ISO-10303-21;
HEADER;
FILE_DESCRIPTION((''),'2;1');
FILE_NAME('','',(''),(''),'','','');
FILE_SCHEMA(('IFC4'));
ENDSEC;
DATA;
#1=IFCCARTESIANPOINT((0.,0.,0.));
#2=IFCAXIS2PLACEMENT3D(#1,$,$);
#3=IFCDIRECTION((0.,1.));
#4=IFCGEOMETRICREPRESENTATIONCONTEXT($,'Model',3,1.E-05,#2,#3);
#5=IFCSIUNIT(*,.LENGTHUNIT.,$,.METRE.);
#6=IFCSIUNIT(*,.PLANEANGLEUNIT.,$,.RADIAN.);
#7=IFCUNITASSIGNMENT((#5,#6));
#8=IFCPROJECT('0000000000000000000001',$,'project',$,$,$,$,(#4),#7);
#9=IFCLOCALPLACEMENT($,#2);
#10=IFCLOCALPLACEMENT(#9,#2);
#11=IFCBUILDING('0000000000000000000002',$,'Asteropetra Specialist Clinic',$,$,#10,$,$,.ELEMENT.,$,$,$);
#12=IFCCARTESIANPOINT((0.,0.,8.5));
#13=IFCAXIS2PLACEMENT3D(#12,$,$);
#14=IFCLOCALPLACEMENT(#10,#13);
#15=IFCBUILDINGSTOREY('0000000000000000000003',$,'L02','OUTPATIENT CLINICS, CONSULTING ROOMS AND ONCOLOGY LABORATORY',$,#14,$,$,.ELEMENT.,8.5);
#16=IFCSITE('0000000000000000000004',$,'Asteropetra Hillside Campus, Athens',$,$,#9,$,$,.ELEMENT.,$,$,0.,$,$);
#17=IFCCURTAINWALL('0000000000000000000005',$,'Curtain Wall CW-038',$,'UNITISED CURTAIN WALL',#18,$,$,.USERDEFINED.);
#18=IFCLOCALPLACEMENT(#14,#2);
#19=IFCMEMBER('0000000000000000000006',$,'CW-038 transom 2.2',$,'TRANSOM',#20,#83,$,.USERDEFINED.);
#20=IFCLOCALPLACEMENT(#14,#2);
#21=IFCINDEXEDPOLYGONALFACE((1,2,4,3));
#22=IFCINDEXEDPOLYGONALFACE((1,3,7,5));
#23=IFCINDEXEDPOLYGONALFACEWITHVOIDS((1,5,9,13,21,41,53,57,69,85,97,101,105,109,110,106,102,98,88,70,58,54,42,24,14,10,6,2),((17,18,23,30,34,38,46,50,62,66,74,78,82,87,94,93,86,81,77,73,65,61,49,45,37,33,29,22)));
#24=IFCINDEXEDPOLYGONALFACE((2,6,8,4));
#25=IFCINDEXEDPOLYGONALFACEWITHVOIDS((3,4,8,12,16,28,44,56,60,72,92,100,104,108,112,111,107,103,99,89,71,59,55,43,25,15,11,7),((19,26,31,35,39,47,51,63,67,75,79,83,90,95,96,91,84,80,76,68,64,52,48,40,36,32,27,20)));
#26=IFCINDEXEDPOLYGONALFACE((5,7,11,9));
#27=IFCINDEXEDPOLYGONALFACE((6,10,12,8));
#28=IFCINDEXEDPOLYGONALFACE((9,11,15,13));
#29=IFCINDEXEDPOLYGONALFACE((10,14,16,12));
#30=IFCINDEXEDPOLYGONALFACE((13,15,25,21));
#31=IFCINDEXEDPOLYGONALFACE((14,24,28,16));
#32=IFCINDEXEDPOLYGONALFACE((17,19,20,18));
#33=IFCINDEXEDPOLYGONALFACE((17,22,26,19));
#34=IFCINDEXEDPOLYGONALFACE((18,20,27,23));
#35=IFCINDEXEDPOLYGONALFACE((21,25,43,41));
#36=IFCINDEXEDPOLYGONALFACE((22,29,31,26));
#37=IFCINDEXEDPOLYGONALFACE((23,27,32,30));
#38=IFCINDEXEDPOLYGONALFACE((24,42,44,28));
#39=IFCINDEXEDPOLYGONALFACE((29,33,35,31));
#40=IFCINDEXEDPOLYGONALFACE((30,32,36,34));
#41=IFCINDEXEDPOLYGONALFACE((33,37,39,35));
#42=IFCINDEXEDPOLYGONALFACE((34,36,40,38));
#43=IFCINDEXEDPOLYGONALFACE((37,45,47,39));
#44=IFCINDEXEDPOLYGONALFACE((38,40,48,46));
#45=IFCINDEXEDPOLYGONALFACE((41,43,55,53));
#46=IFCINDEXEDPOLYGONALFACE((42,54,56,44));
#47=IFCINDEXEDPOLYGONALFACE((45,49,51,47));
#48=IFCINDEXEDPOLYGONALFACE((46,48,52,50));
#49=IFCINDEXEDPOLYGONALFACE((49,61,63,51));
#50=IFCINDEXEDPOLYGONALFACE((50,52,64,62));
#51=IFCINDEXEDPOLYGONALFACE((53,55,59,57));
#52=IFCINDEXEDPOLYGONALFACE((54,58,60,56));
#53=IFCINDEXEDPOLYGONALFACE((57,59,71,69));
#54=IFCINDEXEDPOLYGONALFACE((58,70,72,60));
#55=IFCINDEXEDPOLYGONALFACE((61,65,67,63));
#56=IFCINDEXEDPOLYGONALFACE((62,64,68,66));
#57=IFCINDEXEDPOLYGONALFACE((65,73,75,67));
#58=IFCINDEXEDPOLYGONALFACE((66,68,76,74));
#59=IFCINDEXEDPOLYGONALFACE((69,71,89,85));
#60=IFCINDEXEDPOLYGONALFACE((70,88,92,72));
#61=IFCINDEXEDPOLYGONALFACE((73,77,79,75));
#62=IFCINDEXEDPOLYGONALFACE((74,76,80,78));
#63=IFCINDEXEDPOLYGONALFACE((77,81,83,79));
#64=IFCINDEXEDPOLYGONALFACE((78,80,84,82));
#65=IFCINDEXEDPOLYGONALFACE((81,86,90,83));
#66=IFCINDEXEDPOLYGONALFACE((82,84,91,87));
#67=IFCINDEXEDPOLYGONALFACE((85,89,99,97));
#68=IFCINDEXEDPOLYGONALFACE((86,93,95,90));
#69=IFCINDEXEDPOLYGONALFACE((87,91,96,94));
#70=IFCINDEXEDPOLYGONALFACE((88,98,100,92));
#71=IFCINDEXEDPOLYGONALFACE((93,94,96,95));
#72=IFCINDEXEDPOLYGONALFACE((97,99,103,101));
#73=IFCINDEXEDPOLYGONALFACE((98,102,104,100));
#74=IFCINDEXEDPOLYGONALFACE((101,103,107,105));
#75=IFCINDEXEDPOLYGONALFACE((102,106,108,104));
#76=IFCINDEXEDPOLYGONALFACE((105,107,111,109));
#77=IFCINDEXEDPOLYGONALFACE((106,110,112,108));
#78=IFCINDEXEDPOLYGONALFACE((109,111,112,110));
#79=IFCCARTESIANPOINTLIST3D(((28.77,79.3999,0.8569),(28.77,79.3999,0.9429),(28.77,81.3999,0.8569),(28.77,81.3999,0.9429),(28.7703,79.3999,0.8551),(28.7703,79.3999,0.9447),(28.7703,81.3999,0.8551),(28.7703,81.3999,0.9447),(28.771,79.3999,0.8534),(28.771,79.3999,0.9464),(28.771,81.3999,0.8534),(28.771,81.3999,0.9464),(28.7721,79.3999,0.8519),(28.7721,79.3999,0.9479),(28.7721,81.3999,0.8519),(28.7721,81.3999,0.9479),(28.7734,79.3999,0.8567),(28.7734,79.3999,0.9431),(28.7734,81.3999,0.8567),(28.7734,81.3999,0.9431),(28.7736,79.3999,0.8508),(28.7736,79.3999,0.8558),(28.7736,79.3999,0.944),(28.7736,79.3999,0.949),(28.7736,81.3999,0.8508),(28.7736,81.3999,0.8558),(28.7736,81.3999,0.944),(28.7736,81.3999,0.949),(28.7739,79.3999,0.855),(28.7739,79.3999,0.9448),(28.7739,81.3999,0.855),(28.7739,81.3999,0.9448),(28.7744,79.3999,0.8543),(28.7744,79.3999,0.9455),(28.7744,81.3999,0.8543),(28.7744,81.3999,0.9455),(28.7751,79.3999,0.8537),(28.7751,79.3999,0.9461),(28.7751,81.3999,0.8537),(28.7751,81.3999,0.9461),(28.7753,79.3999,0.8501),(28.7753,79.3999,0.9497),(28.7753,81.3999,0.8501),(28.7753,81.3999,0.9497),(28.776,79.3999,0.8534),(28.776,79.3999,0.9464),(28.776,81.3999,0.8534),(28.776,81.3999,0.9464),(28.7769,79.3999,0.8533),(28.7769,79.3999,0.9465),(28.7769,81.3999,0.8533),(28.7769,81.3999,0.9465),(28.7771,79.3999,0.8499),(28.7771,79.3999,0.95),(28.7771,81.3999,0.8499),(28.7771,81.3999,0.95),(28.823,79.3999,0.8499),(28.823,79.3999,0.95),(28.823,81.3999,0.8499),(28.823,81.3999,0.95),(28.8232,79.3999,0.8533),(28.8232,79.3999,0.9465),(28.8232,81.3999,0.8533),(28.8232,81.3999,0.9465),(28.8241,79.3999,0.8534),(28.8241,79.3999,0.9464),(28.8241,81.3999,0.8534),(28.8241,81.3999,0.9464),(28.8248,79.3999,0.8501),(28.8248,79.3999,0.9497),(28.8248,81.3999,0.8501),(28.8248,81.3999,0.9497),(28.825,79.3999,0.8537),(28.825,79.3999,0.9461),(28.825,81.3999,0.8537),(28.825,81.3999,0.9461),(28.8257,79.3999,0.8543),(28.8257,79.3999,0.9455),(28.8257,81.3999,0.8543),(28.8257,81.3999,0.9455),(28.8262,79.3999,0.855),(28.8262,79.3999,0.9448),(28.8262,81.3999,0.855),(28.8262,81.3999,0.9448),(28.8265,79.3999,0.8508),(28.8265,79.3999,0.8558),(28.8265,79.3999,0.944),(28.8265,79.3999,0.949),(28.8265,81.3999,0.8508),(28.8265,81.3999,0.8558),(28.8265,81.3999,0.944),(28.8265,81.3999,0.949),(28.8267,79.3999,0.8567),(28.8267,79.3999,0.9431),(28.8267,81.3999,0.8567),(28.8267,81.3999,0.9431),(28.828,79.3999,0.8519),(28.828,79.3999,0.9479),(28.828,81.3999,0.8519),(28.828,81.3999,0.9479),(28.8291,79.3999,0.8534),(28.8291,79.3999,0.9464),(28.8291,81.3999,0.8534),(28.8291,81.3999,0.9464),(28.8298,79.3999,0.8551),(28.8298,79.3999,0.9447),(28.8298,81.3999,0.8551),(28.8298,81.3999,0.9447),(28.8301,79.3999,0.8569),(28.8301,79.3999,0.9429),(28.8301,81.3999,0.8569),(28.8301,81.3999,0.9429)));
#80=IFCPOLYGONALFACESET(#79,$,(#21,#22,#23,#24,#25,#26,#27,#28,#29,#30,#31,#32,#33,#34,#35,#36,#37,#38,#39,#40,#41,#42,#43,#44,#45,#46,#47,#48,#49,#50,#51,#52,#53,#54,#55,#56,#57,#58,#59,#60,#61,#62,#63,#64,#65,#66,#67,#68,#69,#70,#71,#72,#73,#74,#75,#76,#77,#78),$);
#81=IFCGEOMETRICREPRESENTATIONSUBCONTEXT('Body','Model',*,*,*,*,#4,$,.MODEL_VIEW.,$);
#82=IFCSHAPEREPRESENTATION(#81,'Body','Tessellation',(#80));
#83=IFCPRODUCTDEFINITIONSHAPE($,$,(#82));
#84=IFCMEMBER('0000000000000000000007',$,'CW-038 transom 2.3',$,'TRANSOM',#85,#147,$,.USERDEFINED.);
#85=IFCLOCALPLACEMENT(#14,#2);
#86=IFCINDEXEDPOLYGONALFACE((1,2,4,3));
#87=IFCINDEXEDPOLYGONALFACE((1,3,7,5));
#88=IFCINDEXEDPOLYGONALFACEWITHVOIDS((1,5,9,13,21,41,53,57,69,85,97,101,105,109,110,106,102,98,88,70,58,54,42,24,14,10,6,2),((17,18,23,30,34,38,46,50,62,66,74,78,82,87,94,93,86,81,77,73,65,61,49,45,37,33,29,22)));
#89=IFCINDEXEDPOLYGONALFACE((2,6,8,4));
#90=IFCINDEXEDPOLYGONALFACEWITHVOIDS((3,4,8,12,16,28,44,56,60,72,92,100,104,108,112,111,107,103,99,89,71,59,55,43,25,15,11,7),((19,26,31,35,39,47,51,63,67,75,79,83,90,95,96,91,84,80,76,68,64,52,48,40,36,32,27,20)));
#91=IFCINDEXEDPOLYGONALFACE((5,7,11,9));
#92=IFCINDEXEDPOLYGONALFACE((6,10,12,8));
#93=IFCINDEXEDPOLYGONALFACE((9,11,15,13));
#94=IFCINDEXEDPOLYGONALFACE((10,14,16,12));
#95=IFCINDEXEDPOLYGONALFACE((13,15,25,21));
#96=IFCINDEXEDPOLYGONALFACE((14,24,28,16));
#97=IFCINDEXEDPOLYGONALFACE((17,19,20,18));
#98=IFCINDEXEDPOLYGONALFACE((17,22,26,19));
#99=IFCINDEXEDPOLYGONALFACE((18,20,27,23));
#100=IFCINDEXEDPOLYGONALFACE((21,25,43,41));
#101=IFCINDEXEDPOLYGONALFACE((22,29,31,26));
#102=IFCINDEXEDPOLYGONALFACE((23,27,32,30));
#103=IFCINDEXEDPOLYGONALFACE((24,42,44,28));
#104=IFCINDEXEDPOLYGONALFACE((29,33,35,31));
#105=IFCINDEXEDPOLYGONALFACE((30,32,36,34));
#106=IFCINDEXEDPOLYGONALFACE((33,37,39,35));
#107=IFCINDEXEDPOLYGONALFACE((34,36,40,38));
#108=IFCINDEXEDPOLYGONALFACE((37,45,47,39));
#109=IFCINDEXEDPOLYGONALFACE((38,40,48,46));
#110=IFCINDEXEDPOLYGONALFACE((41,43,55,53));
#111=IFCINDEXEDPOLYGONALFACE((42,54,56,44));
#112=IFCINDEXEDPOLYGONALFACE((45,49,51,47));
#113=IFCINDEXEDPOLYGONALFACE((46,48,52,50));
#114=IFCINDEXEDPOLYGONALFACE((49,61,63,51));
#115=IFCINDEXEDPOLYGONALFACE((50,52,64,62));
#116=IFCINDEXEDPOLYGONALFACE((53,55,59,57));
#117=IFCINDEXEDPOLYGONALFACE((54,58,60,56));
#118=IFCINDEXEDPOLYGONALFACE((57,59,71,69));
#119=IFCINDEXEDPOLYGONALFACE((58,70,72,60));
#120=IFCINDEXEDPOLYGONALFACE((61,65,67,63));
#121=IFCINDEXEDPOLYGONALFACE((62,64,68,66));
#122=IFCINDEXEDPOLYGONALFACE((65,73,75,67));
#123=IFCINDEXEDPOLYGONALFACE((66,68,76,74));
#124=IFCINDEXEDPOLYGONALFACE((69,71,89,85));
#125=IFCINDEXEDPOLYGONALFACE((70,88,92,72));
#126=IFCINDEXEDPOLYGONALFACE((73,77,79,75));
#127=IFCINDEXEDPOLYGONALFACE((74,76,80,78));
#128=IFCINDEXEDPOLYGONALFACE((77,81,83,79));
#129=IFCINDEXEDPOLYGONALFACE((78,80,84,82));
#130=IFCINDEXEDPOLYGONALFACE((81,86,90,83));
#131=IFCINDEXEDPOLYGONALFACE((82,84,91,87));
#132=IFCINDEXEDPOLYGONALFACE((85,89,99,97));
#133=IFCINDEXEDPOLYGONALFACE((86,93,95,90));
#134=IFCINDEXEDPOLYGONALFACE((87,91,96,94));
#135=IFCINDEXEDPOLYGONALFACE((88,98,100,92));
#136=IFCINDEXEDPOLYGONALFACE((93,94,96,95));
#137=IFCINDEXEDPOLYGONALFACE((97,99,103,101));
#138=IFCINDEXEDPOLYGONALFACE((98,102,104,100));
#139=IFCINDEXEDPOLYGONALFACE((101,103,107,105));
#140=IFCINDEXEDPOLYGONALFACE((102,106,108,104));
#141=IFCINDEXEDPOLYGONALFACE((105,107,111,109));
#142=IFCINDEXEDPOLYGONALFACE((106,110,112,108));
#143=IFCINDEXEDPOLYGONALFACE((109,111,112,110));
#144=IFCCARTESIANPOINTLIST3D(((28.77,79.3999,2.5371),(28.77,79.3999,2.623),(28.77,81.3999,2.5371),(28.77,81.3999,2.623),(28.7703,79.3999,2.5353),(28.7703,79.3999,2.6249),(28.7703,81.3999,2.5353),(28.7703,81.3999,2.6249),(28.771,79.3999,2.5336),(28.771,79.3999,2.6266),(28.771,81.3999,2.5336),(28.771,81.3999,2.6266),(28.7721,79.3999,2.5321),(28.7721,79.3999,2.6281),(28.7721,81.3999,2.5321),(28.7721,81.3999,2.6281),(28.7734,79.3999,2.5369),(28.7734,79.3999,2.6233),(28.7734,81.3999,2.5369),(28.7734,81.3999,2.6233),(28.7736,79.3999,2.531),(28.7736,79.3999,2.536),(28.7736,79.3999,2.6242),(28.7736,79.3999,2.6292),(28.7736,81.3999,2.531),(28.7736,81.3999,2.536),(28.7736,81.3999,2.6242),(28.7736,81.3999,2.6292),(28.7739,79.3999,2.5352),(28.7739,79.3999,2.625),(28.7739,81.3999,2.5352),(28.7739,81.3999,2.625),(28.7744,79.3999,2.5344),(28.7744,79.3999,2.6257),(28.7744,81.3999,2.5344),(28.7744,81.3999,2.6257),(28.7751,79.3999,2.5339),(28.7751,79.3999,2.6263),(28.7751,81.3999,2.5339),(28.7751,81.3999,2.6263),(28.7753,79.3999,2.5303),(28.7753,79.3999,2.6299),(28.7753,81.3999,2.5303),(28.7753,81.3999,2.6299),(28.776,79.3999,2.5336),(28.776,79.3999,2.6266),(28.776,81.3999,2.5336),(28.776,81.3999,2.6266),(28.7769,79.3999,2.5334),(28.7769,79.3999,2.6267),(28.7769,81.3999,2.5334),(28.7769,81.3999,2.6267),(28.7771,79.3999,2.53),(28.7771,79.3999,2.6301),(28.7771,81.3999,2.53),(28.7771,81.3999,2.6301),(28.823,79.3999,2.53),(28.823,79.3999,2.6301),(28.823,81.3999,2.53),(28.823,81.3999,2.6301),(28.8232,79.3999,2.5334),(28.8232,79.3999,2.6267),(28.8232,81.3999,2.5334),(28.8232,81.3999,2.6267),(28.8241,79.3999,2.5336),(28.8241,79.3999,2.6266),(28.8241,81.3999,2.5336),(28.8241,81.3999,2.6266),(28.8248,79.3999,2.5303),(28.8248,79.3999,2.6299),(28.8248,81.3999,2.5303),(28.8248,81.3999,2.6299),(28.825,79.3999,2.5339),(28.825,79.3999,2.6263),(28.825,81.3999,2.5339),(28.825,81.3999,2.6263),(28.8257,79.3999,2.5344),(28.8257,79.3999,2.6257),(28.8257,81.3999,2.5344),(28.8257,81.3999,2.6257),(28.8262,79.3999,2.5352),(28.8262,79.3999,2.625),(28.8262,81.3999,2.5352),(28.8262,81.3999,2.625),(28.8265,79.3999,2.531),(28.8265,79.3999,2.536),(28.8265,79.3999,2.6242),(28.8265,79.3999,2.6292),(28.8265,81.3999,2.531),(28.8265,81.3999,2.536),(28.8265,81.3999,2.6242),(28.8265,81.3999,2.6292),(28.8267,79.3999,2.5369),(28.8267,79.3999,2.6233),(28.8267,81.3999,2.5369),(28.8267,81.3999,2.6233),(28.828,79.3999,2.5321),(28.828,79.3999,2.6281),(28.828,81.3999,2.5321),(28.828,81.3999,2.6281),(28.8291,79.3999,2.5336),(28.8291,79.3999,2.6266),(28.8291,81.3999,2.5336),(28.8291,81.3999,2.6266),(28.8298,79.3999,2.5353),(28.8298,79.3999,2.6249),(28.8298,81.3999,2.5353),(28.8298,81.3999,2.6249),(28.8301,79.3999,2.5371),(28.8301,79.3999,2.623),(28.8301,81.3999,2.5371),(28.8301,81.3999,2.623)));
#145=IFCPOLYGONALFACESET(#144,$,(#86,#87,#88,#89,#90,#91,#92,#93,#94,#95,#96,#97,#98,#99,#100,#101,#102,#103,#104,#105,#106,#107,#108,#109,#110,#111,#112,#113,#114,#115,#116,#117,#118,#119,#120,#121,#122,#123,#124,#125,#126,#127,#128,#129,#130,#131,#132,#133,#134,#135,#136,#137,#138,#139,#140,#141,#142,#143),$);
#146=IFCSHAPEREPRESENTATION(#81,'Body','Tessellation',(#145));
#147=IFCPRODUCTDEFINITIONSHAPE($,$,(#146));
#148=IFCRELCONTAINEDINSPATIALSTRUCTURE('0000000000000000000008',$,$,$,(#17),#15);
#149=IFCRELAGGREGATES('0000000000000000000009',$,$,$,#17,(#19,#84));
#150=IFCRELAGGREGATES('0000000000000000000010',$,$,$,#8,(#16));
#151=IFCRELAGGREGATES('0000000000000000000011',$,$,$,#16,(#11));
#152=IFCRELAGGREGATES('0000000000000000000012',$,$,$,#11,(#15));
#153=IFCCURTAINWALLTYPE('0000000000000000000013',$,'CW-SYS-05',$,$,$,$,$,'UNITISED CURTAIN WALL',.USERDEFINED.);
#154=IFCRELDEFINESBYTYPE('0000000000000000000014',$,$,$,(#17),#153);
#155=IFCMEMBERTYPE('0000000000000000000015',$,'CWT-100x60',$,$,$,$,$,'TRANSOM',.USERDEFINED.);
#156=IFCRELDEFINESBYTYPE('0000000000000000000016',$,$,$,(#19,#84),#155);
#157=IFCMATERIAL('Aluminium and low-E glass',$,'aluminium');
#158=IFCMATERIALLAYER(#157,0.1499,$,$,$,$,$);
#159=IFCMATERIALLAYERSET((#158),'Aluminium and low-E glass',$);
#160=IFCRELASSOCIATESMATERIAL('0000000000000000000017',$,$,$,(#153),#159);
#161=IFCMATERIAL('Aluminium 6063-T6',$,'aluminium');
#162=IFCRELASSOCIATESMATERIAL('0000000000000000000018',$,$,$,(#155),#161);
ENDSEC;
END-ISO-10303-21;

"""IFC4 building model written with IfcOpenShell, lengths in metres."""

from ifc_helpers import new_model, si_unit, direction, frame, origin, origin_2d, place, context, subcontext, project, spatial, hollow_rectangle, extrude, material, layer, layer_set, material_profile, profile_set, type_object, element, aggregate, save


model = new_model("IFC4")

# Units and contexts
model_context = context("Model", 3, precision=1e-05, world=origin(), true_north=direction((0.0, 1.0)))
body_context = subcontext(model_context, "Body", "Model", "MODEL_VIEW")
ifc_project = project(units=[si_unit("LENGTHUNIT", "METRE"), si_unit("PLANEANGLEUNIT", "RADIAN")], contexts=[model_context])

# Site, building, storey
site_placement = place(None, origin())
site = spatial("IfcSite", under=ifc_project, at=site_placement, Name="Asteropetra Hillside Campus, Athens", CompositionType="ELEMENT", RefElevation=0.0)
building_placement = place(site_placement, origin())
building = spatial("IfcBuilding", under=site, at=building_placement, Name="Asteropetra Specialist Clinic", CompositionType="ELEMENT")
storey_placement = place(building_placement, frame((0.0, 0.0, 8.5)))
storey = spatial("IfcBuildingStorey", under=building, at=storey_placement, Name="L02", Description="OUTPATIENT CLINICS, CONSULTING ROOMS AND ONCOLOGY LABORATORY", CompositionType="ELEMENT", Elevation=8.5)

# Curtain wall
ifc_material_1 = material(Name="Aluminium and low-E glass", Category="aluminium")
ifc_layer_1 = layer(ifc_material_1, 0.1499)
ifc_layer_set_1 = layer_set([ifc_layer_1], Name="Aluminium and low-E glass")
curtain_wall_type_1 = type_object("IfcCurtainWallType", Name="CW-SYS-05", ElementType="UNITISED CURTAIN WALL", PredefinedType="USERDEFINED", material=ifc_layer_set_1)
curtain_wall_1_placement = place(storey_placement, origin())
curtain_wall_1 = element("IfcCurtainWall", 1, at=curtain_wall_1_placement, inside=storey, type_object=curtain_wall_type_1, Name="Curtain Wall CW-038", ObjectType="UNITISED CURTAIN WALL", PredefinedType="USERDEFINED")

# Members
ifc_material_2 = material(Name="Aluminium 6063-T6", Category="aluminium")
ifc_material_profile_1 = material_profile(ifc_material_2, hollow_rectangle(XDim=0.0601, YDim=0.1001, WallThickness=0.0034, InnerFilletRadius=0.0034, OuterFilletRadius=0.0071, at=origin_2d()), Name="TRN 100x60x3.5")
ifc_profile_set_1 = profile_set([ifc_material_profile_1], Name="Aluminium 6063-T6")
member_type_1 = type_object("IfcMemberType", Name="CWT-100x60", ElementType="TRANSOM", PredefinedType="USERDEFINED", material=ifc_profile_set_1)
member_1_placement = place(storey_placement, frame((28.8, 79.3999, 0.8999), z_axis=(0.0, 1.0, 0.0), x_axis=(-1.0, 0.0, 0.0)))
member_1 = element("IfcMember", 2, at=member_1_placement, type_object=member_type_1, Name="CW-038 transom 2.2", ObjectType="TRANSOM", PredefinedType="USERDEFINED", context=body_context, shape_type="SweptSolid", body=[
    extrude(hollow_rectangle(XDim=0.0601, YDim=0.1001, WallThickness=0.0034, InnerFilletRadius=0.0034, OuterFilletRadius=0.0071, at=origin_2d()), origin(), (0.0, 0.0, 1.0), 2.0),
])
member_2_placement = place(storey_placement, frame((28.8, 79.3999, 2.5801), z_axis=(0.0, 1.0, 0.0), x_axis=(-1.0, 0.0, 0.0)))
member_2 = element("IfcMember", 3, at=member_2_placement, type_object=member_type_1, Name="CW-038 transom 2.3", ObjectType="TRANSOM", PredefinedType="USERDEFINED", context=body_context, shape_type="SweptSolid", body=[
    extrude(hollow_rectangle(XDim=0.0601, YDim=0.1001, WallThickness=0.0034, InnerFilletRadius=0.0034, OuterFilletRadius=0.0071, at=origin_2d()), origin(), (0.0, 0.0, 1.0), 2.0),
])

aggregate(curtain_wall_1, [member_1, member_2])

save(model, "model.ifc")
